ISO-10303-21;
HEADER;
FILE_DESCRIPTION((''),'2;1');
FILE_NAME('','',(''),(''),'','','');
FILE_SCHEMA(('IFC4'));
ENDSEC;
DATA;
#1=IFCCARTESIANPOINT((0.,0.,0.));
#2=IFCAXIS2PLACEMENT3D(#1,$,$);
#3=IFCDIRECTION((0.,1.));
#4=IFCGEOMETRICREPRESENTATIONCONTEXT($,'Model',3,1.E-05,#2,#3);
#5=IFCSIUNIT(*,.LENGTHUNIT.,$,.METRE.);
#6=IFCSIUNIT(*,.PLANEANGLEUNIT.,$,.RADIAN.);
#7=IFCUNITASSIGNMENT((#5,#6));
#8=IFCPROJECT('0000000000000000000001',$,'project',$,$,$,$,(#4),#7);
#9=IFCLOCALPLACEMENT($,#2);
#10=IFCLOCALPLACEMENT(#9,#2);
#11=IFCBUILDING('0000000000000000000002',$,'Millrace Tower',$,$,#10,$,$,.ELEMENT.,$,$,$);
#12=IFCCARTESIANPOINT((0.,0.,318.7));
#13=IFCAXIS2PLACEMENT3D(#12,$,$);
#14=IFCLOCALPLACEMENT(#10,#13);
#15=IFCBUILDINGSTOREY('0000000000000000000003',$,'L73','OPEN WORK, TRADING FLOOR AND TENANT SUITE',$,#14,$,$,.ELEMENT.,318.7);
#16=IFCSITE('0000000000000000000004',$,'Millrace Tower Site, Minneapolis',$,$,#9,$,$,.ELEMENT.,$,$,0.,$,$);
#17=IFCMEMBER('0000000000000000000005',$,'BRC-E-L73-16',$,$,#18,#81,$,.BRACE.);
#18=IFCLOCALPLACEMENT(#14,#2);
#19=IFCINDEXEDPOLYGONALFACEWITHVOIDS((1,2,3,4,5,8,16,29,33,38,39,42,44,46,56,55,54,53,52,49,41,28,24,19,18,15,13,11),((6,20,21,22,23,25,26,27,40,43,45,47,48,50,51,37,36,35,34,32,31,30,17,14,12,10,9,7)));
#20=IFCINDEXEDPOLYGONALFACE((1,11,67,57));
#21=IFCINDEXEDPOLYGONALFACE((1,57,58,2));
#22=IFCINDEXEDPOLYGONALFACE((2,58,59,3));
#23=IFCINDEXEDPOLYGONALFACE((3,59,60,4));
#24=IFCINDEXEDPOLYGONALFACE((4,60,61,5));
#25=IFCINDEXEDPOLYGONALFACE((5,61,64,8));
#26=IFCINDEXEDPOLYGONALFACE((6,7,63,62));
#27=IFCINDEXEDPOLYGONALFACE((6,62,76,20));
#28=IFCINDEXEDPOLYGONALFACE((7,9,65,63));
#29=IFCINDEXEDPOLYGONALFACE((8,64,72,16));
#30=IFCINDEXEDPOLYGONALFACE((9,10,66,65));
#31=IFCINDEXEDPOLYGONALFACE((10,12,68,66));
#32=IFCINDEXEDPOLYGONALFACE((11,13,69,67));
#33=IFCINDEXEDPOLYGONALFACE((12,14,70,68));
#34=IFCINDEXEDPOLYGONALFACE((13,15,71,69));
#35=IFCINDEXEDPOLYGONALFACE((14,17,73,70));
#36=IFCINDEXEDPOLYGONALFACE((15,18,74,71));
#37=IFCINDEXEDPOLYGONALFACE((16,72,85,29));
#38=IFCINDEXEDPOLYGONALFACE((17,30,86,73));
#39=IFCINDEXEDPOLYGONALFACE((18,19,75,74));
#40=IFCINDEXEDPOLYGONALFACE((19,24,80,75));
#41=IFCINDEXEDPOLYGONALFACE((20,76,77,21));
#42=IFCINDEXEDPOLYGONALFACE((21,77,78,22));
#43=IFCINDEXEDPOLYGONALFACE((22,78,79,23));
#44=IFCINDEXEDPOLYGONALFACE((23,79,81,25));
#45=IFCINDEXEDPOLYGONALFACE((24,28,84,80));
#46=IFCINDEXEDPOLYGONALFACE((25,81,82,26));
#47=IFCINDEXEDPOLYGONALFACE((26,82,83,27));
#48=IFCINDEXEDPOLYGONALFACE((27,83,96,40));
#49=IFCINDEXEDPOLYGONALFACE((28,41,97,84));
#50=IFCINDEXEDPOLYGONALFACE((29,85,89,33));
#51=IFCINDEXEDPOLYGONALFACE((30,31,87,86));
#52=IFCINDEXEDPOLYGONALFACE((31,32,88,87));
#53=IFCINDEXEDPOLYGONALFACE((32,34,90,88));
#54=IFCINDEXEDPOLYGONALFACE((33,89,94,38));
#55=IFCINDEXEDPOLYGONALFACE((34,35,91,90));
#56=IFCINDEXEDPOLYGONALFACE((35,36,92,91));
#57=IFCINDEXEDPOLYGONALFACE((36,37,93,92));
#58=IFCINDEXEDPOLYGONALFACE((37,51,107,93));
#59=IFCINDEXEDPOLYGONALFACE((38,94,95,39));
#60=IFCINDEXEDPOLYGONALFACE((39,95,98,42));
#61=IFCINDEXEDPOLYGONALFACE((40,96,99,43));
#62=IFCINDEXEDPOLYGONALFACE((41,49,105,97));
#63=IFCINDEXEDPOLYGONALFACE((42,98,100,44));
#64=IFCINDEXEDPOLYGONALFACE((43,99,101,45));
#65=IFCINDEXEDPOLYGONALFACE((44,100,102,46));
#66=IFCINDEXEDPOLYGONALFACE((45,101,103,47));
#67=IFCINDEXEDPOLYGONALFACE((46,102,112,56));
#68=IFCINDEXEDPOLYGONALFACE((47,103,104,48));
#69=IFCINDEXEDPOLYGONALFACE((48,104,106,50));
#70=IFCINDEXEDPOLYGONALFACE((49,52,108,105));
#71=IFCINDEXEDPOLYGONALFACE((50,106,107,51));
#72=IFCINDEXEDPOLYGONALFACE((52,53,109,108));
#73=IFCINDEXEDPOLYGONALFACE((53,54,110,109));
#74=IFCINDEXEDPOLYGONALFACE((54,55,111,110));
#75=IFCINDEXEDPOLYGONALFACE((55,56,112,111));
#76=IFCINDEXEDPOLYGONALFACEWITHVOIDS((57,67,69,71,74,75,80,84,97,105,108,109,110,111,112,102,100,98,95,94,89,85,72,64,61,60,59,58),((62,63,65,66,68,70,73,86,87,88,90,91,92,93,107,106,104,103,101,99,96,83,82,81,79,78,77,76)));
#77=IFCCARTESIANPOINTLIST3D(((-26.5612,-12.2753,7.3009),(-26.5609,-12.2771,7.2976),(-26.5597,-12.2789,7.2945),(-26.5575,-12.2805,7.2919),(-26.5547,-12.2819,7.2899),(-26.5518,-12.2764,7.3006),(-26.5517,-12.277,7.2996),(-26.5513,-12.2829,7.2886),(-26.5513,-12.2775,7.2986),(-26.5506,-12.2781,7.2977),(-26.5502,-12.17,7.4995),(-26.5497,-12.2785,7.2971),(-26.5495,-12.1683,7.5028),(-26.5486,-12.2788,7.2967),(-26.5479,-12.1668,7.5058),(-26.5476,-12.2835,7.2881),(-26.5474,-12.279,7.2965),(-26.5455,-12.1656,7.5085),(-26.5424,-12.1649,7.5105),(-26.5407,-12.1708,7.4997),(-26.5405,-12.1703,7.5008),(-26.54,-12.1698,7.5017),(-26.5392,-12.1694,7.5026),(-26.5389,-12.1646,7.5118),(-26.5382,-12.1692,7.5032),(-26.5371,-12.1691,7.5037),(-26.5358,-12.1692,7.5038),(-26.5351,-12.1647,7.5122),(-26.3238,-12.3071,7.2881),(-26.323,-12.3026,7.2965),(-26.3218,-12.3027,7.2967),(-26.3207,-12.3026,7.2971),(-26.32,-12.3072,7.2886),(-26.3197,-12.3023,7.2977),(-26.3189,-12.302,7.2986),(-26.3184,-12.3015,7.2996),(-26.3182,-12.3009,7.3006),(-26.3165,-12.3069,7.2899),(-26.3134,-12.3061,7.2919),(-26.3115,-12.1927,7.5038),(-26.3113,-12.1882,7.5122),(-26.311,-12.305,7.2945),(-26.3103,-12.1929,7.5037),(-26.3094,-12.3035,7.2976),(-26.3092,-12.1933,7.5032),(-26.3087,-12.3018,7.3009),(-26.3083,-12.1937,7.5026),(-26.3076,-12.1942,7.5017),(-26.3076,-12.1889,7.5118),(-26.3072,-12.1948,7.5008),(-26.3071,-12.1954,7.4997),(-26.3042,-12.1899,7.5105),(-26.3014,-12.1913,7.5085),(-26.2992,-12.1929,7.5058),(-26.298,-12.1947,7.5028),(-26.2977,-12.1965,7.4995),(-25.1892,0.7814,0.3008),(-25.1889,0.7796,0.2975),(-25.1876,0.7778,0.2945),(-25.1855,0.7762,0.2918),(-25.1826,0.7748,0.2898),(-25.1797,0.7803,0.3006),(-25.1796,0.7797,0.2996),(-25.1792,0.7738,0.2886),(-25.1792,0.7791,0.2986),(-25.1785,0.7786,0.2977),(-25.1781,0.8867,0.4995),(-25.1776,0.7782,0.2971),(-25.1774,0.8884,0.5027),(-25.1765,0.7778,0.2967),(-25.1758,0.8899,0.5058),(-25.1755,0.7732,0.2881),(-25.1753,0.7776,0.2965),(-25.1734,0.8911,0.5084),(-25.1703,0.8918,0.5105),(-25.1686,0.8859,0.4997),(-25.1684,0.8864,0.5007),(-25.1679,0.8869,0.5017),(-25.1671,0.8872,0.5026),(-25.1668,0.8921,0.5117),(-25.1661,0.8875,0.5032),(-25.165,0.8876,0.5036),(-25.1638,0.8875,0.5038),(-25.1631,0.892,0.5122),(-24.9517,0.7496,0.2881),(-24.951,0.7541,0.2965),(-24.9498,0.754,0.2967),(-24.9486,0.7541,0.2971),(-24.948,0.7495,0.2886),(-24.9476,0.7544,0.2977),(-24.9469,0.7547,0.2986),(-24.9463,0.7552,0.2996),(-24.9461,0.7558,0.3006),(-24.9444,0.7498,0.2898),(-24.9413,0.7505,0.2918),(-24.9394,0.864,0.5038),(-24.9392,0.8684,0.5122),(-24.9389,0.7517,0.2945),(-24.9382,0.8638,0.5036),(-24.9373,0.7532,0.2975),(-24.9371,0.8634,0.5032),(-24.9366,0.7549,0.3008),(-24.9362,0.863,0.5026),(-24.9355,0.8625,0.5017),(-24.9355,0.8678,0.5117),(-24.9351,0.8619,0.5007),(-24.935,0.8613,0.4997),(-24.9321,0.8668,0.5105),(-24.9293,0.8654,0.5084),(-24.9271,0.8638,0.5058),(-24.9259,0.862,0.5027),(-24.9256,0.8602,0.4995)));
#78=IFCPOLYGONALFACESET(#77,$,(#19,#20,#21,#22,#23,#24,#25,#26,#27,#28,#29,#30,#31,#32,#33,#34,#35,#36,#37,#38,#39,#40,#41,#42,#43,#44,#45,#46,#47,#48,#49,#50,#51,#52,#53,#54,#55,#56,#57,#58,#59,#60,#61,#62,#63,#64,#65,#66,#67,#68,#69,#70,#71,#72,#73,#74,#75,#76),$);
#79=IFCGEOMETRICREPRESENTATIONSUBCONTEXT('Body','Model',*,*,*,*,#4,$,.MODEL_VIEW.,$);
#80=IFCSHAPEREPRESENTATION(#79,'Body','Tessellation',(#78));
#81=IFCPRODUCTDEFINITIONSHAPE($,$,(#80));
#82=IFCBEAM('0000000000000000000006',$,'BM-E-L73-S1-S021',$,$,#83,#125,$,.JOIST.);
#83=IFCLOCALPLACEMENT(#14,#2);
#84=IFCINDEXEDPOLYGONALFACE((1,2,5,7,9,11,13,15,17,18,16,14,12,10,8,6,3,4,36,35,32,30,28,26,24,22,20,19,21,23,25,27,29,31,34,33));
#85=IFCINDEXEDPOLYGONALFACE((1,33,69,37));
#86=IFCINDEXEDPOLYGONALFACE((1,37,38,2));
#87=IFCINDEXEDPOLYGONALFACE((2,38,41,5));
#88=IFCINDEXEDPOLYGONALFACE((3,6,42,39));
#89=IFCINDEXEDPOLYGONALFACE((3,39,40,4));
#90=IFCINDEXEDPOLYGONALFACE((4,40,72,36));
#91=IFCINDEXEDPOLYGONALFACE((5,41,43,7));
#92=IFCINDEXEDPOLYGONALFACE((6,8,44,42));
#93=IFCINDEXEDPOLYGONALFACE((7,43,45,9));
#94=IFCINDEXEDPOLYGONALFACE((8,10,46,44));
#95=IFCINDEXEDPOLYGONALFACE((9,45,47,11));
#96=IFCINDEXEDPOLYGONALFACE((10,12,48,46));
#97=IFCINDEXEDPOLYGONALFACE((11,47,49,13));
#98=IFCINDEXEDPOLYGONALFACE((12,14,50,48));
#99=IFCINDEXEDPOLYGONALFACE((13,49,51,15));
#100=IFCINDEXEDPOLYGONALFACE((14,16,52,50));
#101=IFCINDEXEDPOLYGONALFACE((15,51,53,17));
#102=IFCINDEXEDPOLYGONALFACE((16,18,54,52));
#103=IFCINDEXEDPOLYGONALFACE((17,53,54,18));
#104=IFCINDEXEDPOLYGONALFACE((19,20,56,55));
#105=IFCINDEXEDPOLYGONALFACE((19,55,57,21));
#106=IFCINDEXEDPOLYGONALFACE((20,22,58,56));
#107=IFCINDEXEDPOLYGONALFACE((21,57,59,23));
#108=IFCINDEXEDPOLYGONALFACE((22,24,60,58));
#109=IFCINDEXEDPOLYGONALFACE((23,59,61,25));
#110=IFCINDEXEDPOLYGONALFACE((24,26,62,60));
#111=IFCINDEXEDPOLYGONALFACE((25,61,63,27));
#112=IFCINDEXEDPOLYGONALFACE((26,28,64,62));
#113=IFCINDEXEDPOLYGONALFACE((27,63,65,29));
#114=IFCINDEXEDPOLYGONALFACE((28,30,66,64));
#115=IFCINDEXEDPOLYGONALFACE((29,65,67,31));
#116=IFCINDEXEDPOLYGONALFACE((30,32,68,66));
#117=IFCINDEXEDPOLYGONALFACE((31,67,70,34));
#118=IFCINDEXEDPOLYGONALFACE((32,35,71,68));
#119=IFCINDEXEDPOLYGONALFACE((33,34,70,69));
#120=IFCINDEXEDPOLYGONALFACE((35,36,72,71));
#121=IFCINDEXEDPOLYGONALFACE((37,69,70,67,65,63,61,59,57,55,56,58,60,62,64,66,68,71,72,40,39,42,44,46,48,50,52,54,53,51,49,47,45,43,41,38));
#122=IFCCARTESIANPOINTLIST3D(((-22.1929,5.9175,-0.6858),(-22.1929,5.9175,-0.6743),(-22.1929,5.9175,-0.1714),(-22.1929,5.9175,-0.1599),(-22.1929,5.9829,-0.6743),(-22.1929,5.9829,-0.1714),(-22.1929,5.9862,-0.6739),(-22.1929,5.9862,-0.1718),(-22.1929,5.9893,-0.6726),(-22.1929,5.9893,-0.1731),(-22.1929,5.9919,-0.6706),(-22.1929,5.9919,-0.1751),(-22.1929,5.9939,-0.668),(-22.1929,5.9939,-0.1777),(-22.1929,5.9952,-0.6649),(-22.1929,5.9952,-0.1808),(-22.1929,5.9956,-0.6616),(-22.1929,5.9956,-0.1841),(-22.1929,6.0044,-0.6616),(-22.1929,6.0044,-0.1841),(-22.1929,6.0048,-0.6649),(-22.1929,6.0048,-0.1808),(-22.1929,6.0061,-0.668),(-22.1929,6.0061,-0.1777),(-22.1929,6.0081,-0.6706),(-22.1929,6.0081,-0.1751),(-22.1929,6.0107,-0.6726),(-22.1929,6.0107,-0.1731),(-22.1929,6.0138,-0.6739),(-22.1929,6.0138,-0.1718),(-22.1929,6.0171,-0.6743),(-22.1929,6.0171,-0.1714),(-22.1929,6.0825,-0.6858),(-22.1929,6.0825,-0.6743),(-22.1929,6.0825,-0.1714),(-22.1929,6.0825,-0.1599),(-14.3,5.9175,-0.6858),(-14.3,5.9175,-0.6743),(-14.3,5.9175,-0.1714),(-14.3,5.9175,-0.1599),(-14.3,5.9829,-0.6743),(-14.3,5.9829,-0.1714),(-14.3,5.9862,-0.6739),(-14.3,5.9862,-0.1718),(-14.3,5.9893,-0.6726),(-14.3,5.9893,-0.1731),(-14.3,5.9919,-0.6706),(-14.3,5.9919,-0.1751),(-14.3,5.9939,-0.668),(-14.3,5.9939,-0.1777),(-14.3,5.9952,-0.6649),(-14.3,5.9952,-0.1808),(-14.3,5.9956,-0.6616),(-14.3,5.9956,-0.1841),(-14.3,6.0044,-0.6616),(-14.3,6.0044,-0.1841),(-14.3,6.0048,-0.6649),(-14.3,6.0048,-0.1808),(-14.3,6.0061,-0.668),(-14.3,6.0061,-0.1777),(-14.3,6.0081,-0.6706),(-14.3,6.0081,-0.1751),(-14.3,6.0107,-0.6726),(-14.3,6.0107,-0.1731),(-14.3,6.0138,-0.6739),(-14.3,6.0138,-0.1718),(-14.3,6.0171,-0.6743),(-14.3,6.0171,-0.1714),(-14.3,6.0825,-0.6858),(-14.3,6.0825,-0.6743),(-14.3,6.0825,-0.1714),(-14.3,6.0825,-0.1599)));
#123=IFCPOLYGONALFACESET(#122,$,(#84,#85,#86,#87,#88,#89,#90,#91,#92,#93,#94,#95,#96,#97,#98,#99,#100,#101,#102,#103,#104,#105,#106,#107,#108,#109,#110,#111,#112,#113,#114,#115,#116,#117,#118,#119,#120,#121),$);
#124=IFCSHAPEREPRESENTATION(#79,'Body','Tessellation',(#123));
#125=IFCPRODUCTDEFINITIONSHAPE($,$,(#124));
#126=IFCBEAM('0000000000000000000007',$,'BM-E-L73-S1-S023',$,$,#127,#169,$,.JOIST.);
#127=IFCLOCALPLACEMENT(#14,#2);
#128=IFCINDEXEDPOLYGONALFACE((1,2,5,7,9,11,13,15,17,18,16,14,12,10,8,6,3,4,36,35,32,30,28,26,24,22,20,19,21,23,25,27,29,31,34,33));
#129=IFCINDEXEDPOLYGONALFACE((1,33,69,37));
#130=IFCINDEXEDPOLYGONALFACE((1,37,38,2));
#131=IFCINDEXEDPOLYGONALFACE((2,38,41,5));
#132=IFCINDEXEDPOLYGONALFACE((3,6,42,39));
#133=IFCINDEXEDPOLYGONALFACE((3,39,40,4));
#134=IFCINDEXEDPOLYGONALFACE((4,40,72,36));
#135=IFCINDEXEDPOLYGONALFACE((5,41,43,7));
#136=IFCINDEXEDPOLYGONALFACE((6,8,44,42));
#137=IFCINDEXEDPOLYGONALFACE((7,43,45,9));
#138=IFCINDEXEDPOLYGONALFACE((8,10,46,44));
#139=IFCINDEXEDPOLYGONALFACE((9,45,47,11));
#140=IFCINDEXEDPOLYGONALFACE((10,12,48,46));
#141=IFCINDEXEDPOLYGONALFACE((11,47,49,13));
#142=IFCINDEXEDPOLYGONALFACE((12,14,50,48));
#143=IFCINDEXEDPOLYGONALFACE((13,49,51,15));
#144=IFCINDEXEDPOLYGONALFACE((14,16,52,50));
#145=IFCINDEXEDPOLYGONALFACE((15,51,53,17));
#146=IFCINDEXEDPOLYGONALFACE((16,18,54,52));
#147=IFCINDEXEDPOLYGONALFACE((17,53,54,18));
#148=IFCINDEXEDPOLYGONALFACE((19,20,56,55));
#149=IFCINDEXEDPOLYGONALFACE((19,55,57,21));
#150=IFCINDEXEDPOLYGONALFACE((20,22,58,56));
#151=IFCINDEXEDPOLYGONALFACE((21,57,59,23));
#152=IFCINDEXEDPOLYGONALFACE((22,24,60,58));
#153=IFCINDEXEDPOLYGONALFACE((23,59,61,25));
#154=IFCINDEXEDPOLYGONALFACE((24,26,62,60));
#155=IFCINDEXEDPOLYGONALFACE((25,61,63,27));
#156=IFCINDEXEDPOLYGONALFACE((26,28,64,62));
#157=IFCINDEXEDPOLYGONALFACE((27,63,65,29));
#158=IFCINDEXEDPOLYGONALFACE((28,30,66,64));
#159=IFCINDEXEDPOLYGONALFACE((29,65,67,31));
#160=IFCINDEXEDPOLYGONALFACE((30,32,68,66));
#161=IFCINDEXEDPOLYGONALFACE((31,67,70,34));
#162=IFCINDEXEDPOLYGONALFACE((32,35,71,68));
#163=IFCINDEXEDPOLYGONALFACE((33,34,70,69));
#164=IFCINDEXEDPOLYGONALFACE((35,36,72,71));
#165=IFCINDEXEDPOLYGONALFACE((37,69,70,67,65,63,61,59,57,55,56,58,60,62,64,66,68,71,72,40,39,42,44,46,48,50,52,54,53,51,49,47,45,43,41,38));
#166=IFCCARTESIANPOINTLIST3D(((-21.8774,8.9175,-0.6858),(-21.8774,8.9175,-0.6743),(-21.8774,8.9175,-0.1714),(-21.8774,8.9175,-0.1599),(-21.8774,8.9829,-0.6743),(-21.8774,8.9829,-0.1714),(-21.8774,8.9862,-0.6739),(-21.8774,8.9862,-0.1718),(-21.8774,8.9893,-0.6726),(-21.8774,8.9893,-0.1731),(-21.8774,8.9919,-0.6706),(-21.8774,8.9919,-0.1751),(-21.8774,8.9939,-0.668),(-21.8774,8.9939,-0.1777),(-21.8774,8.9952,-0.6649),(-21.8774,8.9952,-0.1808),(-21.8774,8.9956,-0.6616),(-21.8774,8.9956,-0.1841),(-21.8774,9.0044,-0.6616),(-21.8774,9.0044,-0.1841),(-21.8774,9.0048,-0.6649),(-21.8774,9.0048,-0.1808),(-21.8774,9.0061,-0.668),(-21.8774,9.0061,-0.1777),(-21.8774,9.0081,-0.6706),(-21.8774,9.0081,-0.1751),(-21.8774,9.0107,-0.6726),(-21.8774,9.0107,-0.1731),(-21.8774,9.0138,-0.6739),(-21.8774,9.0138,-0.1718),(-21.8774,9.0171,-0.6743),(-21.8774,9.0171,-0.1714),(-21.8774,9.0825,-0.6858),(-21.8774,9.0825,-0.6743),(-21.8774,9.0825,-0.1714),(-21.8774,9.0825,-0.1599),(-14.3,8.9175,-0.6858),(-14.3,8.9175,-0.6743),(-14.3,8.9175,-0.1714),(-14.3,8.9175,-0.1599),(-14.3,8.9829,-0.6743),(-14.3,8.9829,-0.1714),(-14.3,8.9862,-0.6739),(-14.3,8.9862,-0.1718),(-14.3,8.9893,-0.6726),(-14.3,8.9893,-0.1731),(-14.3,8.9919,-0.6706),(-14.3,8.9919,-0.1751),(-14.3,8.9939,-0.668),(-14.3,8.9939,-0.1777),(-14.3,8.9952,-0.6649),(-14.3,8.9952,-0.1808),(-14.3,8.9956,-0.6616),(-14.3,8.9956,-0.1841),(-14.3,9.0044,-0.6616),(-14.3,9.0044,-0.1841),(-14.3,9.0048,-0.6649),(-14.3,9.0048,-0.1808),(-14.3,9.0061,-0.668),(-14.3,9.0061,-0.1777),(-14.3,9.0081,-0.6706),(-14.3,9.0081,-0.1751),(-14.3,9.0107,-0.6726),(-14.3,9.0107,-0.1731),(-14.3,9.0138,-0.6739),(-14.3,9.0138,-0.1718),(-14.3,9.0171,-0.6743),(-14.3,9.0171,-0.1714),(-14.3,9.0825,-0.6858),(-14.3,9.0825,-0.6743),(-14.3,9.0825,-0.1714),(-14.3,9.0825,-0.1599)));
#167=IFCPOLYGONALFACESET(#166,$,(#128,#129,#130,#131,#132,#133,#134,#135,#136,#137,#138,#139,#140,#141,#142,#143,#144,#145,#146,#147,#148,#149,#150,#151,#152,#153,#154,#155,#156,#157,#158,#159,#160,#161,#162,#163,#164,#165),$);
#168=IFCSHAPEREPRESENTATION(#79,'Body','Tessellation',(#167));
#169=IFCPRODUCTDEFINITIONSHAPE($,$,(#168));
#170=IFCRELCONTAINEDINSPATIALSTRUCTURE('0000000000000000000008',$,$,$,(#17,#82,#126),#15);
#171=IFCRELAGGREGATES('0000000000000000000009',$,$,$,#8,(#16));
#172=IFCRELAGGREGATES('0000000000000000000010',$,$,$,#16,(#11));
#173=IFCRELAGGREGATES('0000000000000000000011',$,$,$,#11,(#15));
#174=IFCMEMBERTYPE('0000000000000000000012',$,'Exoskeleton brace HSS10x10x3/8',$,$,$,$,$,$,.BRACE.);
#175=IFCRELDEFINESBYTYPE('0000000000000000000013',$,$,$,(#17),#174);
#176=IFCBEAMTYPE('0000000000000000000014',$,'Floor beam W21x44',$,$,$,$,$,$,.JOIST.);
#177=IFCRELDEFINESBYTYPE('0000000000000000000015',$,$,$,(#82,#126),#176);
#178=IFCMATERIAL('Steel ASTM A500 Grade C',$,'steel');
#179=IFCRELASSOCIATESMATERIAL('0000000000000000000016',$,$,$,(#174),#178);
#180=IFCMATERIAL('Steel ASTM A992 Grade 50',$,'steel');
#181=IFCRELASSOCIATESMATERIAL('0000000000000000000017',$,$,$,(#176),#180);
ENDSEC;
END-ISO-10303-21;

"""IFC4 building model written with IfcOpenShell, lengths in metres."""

from ifc_helpers import new_model, si_unit, direction, frame, origin, origin_2d, place, context, subcontext, project, spatial, hollow_rectangle, i_section, extrude, material, material_profile, profile_set, type_object, element, save


model = new_model("IFC4")

# Units and contexts
model_context = context("Model", 3, precision=1e-05, world=origin(), true_north=direction((0.0, 1.0)))
body_context = subcontext(model_context, "Body", "Model", "MODEL_VIEW")
ifc_project = project(units=[si_unit("LENGTHUNIT", "METRE"), si_unit("PLANEANGLEUNIT", "RADIAN")], contexts=[model_context])

# Site, building, storey
site_placement = place(None, origin())
site = spatial("IfcSite", under=ifc_project, at=site_placement, Name="Millrace Tower Site, Minneapolis", CompositionType="ELEMENT", RefElevation=0.0)
building_placement = place(site_placement, origin())
building = spatial("IfcBuilding", under=site, at=building_placement, Name="Millrace Tower", CompositionType="ELEMENT")
storey_placement = place(building_placement, frame((0.0, 0.0, 318.7)))
storey = spatial("IfcBuildingStorey", under=building, at=storey_placement, Name="L73", Description="OPEN WORK, TRADING FLOOR AND TENANT SUITE", CompositionType="ELEMENT", Elevation=318.7)

# Member
ifc_material_1 = material(Name="Steel ASTM A500 Grade C", Category="steel")
ifc_material_profile_1 = material_profile(ifc_material_1, hollow_rectangle(XDim=0.2539, YDim=0.2539, WallThickness=0.0095, InnerFilletRadius=0.0046, OuterFilletRadius=0.0144, at=origin_2d()))
ifc_profile_set_1 = profile_set([ifc_material_profile_1], Name="Steel ASTM A500 Grade C")
member_type_1 = type_object("IfcMemberType", Name="Exoskeleton brace HSS10x10x3/8", PredefinedType="BRACE", material=ifc_profile_set_1)
member_1_placement = place(storey_placement, frame((-25.0574, 0.8208, 0.4001), z_axis=(-0.092221, -0.877573, 0.47049), x_axis=(0.994524, -0.104511, 0.0)))
element("IfcMember", 1, at=member_1_placement, inside=storey, type_object=member_type_1, Name="BRC-E-L73-16", PredefinedType="BRACE", context=body_context, shape_type="SweptSolid", body=[
    extrude(hollow_rectangle(XDim=0.2539, YDim=0.2539, WallThickness=0.0095, InnerFilletRadius=0.0046, OuterFilletRadius=0.0144, at=origin_2d()), origin(), (0.0, 0.0, 1.0), 14.8782),
])

# Beams
ifc_material_2 = material(Name="Steel ASTM A992 Grade 50", Category="steel")
ifc_material_profile_2 = material_profile(ifc_material_2, i_section(OverallWidth=0.165, OverallDepth=0.5259, WebThickness=0.0088, FlangeThickness=0.0115, FilletRadius=0.0127, at=origin_2d()))
ifc_profile_set_2 = profile_set([ifc_material_profile_2], Name="Steel ASTM A992 Grade 50")
beam_type_1 = type_object("IfcBeamType", Name="Floor beam W21x44", PredefinedType="JOIST", material=ifc_profile_set_2)
beam_1_placement = place(storey_placement, frame((-22.1929, 6.0, -0.4229), z_axis=(1.0, 0.0, 0.0), x_axis=(0.0, 1.0, 0.0)))
element("IfcBeam", 2, at=beam_1_placement, inside=storey, type_object=beam_type_1, Name="BM-E-L73-S1-S021", PredefinedType="JOIST", context=body_context, shape_type="SweptSolid", body=[
    extrude(i_section(OverallWidth=0.165, OverallDepth=0.5259, WebThickness=0.0088, FlangeThickness=0.0115, FilletRadius=0.0127, at=origin_2d()), origin(), (0.0, 0.0, 1.0), 7.8928),
])
beam_2_placement = place(storey_placement, frame((-21.8774, 9.0, -0.4229), z_axis=(1.0, 0.0, 0.0), x_axis=(0.0, 1.0, 0.0)))
element("IfcBeam", 3, at=beam_2_placement, inside=storey, type_object=beam_type_1, Name="BM-E-L73-S1-S023", PredefinedType="JOIST", context=body_context, shape_type="SweptSolid", body=[
    extrude(i_section(OverallWidth=0.165, OverallDepth=0.5259, WebThickness=0.0088, FlangeThickness=0.0115, FilletRadius=0.0127, at=origin_2d()), origin(), (0.0, 0.0, 1.0), 7.5774),
])

save(model, "model.ifc")
